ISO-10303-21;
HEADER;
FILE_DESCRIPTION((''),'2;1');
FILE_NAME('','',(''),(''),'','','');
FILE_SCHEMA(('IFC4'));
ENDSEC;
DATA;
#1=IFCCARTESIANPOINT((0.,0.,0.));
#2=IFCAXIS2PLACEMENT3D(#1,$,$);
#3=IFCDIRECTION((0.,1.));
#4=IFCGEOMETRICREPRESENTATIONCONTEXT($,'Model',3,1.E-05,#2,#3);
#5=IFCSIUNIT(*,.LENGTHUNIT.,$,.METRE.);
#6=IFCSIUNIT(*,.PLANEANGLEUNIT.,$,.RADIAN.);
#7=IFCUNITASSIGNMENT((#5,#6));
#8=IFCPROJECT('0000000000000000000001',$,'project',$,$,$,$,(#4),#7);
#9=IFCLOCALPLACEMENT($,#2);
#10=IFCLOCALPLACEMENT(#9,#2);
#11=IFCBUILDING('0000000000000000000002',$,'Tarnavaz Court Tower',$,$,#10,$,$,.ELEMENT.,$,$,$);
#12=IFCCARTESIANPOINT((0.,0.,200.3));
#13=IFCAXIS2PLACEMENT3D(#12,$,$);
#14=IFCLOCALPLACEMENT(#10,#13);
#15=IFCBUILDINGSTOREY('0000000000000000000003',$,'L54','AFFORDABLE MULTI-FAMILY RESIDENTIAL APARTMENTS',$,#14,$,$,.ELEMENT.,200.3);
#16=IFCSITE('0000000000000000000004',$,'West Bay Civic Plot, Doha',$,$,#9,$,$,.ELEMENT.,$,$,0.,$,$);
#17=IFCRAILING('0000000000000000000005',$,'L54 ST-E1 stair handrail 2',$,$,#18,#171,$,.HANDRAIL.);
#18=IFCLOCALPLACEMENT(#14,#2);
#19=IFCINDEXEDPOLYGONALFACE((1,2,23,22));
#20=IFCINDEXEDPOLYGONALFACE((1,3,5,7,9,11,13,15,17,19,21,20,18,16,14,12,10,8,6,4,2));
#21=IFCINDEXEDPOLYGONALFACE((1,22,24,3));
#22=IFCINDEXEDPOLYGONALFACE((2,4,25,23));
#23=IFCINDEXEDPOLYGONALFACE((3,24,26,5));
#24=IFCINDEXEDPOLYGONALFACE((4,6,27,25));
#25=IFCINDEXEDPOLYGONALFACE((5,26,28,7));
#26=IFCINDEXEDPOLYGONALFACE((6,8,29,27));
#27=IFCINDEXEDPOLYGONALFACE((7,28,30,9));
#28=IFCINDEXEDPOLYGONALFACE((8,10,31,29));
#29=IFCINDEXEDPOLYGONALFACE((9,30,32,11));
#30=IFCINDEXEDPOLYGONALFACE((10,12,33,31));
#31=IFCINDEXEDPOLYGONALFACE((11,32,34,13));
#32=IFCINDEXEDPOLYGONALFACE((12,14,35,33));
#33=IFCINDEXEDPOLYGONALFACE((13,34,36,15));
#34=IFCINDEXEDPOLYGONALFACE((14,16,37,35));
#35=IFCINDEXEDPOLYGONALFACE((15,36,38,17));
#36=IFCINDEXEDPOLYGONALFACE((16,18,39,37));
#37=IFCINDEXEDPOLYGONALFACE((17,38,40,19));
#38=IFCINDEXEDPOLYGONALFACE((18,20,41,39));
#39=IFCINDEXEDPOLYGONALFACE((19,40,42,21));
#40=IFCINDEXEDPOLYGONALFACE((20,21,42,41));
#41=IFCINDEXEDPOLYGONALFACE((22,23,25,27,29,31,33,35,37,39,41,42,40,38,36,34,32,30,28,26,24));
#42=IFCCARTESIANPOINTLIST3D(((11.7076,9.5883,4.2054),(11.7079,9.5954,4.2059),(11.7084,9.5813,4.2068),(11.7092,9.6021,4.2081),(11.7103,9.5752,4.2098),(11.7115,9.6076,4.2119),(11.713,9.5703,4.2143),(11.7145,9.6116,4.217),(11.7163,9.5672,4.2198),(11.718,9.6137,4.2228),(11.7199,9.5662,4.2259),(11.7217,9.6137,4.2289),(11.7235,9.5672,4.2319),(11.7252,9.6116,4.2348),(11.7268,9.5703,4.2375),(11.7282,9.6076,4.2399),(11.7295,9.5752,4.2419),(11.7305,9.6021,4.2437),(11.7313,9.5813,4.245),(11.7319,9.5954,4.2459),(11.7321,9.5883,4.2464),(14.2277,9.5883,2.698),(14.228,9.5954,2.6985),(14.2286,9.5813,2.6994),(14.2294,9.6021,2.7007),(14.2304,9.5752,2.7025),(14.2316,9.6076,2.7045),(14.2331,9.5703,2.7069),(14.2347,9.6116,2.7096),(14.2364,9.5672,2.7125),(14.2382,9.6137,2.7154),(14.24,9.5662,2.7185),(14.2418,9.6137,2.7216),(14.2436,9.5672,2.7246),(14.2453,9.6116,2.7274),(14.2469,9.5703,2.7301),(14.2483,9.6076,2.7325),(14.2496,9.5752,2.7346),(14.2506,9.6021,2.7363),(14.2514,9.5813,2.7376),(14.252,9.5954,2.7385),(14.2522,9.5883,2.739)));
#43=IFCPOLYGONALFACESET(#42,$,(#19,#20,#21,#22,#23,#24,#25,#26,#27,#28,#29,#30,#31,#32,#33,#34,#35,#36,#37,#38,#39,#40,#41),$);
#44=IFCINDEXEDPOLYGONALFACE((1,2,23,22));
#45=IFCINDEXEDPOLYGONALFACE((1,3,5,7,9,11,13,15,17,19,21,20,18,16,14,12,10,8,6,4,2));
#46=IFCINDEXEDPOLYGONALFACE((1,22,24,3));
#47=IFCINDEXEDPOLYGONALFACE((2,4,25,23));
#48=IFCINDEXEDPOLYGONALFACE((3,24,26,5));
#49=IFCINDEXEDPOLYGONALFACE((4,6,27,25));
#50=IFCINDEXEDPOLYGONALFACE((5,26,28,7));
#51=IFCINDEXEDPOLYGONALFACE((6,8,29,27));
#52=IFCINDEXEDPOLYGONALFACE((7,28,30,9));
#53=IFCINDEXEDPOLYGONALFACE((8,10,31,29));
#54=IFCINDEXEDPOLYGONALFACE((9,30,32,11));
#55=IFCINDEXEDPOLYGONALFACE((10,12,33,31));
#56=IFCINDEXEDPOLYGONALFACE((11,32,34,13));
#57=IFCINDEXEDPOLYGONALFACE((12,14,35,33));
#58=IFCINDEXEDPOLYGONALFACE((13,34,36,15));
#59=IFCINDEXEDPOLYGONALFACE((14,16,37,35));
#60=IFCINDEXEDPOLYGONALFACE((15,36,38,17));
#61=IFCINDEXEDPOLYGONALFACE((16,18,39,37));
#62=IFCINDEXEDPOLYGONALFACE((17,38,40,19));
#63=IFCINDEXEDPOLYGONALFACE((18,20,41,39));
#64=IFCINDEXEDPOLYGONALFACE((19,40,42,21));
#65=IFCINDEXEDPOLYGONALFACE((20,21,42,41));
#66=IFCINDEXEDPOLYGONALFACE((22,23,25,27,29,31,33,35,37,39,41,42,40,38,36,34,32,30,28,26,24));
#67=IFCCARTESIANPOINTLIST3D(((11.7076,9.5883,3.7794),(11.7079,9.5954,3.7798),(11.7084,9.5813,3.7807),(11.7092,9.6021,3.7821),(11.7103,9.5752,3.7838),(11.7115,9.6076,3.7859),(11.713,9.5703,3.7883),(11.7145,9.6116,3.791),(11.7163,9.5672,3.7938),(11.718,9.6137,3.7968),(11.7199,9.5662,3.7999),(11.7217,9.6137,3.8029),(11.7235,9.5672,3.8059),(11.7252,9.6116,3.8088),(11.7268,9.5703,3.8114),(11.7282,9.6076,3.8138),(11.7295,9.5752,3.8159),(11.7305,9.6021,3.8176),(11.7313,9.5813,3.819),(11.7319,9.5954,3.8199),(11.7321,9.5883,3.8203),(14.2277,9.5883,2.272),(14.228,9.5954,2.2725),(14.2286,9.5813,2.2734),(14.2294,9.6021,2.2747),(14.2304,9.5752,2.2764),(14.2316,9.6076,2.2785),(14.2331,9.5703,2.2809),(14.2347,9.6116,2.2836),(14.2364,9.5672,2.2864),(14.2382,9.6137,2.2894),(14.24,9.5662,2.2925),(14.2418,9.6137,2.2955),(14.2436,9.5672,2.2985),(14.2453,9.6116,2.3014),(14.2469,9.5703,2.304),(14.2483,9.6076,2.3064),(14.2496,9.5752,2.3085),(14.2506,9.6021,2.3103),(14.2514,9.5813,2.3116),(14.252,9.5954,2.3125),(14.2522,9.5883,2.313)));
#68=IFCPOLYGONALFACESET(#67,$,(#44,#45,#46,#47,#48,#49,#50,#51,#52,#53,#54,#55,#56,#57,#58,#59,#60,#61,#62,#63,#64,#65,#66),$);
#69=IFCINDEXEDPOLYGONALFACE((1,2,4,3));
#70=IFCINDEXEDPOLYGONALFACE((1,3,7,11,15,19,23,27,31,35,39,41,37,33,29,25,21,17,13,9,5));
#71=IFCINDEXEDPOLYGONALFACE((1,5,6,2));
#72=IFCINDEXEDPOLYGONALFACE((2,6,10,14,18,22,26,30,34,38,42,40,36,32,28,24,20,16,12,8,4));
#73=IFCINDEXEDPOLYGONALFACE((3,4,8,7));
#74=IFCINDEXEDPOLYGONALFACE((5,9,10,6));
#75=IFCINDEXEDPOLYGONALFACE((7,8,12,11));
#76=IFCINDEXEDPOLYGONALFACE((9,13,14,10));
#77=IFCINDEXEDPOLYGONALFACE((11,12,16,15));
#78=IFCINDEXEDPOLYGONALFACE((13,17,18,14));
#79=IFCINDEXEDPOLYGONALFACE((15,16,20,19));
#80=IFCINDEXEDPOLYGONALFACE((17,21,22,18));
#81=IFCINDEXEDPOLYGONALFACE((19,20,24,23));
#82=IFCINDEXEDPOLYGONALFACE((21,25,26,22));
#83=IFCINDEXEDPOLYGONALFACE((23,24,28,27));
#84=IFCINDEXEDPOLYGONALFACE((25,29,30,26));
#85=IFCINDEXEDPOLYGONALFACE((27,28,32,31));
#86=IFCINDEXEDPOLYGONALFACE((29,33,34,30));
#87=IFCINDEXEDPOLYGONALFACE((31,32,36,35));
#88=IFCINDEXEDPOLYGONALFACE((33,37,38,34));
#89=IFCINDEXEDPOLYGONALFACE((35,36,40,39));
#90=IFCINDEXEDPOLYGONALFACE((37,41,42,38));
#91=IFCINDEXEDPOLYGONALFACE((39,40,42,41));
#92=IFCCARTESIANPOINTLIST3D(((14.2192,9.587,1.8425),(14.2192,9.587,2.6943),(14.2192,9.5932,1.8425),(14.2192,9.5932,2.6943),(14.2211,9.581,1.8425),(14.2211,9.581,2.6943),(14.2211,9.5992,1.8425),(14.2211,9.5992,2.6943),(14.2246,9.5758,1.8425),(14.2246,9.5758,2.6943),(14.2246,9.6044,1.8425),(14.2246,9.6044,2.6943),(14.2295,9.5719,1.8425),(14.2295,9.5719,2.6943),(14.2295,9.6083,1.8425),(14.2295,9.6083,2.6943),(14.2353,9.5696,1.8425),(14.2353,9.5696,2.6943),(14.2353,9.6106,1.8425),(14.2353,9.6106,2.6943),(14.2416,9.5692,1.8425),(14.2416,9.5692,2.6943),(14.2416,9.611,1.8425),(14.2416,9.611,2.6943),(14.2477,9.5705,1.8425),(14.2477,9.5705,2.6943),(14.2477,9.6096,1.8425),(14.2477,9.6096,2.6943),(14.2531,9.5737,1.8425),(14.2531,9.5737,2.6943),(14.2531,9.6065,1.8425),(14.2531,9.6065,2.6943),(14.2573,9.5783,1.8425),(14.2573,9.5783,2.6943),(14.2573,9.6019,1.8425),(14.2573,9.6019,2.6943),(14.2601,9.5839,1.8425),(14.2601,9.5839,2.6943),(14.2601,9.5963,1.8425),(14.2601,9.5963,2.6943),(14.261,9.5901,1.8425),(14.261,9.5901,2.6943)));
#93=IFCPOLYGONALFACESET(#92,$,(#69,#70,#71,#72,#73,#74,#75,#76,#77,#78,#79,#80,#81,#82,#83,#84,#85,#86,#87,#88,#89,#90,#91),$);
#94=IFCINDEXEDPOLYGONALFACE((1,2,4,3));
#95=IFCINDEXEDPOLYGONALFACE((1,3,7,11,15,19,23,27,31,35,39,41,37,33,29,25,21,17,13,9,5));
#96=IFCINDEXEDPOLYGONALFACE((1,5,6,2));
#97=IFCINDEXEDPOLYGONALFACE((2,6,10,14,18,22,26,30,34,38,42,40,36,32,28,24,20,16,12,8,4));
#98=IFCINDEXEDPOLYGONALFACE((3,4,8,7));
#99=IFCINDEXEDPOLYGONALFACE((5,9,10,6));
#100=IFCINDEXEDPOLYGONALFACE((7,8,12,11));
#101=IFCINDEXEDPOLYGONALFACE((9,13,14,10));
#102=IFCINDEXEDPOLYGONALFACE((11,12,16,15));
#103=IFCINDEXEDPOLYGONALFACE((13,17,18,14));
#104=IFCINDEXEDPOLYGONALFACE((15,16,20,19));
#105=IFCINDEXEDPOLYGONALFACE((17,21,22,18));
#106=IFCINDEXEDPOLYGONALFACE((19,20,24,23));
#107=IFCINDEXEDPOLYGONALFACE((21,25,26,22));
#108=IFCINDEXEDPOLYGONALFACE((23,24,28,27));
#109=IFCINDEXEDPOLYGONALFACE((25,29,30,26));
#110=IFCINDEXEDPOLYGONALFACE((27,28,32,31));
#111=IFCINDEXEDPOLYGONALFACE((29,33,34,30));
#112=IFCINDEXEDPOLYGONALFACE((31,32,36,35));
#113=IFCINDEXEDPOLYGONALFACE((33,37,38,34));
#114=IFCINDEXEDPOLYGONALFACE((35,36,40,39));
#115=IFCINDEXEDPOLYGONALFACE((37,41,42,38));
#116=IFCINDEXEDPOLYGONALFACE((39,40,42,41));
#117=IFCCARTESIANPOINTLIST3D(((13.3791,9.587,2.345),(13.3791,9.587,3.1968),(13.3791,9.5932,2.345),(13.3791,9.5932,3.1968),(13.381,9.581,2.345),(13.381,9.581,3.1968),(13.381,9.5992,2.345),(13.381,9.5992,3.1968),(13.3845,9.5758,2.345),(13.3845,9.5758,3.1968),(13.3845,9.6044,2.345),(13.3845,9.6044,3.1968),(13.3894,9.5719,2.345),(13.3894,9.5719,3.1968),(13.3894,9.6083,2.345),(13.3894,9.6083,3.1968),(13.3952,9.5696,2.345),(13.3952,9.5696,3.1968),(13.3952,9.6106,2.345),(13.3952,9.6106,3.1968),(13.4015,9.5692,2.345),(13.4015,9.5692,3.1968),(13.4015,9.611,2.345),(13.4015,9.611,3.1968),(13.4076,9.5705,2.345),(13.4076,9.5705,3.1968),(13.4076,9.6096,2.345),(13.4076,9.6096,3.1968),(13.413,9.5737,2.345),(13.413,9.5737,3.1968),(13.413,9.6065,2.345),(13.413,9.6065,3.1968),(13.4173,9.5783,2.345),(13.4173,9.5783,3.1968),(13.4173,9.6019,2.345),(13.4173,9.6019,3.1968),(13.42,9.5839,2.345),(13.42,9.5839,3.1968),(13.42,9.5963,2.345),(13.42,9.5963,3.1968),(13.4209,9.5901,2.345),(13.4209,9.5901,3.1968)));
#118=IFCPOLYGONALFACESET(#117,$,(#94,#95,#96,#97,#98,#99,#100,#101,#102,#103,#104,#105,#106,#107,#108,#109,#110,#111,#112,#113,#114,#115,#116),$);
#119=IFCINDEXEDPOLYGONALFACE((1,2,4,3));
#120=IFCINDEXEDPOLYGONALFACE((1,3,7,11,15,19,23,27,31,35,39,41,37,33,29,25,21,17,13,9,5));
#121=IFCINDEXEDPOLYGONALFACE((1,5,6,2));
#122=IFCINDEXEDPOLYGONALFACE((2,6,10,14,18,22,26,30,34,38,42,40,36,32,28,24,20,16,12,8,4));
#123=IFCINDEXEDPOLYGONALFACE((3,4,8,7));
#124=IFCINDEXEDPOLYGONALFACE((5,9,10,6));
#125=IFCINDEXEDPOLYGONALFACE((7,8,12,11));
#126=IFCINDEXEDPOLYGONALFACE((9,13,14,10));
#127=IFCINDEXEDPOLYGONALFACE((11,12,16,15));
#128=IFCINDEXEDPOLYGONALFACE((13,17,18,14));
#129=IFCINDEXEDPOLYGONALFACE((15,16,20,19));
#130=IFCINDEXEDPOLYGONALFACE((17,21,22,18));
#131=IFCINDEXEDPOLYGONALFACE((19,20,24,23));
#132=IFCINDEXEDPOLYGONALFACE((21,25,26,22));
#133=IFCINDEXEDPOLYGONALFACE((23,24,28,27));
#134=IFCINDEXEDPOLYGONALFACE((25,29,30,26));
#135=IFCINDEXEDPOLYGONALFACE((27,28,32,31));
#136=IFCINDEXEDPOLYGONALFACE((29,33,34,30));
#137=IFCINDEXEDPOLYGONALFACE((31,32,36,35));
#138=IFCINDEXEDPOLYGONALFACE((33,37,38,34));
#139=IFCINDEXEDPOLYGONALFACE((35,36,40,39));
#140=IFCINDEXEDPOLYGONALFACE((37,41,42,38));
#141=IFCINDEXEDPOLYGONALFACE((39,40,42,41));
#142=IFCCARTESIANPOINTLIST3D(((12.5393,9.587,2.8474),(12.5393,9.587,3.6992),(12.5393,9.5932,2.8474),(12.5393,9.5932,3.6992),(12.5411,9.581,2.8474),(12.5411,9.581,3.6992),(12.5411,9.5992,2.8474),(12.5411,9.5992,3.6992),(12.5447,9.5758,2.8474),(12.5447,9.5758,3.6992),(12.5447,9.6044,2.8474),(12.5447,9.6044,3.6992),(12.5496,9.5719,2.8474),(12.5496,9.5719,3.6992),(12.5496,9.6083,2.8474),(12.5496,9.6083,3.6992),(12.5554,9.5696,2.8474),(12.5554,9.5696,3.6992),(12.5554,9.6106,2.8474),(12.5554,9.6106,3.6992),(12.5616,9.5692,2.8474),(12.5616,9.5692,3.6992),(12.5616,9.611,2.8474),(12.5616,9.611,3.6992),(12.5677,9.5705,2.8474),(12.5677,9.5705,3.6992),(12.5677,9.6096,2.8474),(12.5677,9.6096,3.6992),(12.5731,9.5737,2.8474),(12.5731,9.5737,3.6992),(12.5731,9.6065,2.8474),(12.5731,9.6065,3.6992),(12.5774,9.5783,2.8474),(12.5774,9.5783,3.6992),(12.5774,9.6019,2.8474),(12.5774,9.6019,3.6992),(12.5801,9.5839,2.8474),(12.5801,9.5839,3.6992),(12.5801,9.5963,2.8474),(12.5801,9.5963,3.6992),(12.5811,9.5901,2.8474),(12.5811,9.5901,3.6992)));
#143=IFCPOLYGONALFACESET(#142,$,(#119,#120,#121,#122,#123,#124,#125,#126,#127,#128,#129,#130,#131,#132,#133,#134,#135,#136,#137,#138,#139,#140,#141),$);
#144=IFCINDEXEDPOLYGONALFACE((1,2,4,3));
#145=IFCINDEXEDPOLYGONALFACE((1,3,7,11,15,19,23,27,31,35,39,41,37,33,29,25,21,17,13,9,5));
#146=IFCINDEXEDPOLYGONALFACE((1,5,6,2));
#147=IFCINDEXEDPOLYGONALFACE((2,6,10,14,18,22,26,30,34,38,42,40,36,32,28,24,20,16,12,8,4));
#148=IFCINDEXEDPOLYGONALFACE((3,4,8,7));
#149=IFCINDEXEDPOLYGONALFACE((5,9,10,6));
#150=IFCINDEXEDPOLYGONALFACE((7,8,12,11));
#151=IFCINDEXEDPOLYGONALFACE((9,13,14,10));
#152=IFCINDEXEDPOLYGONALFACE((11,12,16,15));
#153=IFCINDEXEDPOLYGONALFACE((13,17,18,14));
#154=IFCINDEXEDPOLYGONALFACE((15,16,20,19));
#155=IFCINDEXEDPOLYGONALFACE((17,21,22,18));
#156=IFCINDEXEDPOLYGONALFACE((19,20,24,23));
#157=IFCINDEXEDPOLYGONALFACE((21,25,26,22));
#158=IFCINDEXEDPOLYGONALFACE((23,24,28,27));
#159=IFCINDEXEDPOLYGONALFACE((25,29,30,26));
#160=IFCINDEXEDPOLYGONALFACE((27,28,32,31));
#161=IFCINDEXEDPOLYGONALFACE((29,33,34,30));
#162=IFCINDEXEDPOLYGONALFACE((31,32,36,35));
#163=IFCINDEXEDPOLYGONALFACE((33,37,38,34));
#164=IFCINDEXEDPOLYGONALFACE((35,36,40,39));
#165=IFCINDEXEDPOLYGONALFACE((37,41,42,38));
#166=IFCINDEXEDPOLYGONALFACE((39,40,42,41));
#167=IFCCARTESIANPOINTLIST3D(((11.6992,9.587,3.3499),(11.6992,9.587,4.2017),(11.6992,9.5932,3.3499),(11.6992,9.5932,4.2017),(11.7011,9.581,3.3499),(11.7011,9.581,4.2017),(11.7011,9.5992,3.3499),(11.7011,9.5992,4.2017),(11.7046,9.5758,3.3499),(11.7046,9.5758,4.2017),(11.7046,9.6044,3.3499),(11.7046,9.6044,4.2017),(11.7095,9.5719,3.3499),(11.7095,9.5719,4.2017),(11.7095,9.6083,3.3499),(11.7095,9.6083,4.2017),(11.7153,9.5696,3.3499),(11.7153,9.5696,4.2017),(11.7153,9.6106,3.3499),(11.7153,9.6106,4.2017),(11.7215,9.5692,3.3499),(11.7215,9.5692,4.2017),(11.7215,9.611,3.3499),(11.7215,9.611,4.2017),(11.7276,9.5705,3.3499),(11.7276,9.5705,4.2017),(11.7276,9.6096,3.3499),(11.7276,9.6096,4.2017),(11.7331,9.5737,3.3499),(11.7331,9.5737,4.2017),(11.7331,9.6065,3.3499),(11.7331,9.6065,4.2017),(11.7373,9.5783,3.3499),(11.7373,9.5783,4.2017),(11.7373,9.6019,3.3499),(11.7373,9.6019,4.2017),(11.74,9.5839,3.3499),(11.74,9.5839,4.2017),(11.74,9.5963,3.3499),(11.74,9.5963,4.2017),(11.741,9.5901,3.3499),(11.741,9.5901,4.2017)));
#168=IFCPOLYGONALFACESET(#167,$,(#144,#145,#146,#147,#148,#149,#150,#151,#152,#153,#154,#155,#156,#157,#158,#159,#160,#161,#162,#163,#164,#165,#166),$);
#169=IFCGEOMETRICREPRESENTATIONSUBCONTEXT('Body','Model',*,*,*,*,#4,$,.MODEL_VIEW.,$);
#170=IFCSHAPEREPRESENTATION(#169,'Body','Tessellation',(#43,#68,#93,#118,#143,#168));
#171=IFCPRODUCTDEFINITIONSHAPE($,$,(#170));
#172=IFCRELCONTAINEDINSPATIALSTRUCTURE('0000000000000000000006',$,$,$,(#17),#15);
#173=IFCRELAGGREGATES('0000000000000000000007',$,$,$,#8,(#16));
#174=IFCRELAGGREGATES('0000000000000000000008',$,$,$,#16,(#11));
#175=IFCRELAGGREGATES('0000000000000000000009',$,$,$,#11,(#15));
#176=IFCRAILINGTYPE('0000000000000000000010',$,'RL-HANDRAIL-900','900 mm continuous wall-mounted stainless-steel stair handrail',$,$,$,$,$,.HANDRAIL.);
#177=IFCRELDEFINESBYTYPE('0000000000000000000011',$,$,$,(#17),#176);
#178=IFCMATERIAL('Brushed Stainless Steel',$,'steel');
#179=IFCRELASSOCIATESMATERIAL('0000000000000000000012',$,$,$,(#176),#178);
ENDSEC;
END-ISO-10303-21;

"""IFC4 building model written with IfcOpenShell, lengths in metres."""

from ifc_helpers import new_model, si_unit, direction, frame, origin, origin_2d, place, context, subcontext, project, spatial, circle, extrude, material, type_object, element, save


model = new_model("IFC4")

# Units and contexts
model_context = context("Model", 3, precision=1e-05, world=origin(), true_north=direction((0.0, 1.0)))
body_context = subcontext(model_context, "Body", "Model", "MODEL_VIEW")
ifc_project = project(units=[si_unit("LENGTHUNIT", "METRE"), si_unit("PLANEANGLEUNIT", "RADIAN")], contexts=[model_context])

# Site, building, storey
site_placement = place(None, origin())
site = spatial("IfcSite", under=ifc_project, at=site_placement, Name="West Bay Civic Plot, Doha", CompositionType="ELEMENT", RefElevation=0.0)
building_placement = place(site_placement, origin())
building = spatial("IfcBuilding", under=site, at=building_placement, Name="Tarnavaz Court Tower", CompositionType="ELEMENT")
storey_placement = place(building_placement, frame((0.0, 0.0, 200.3)))
storey = spatial("IfcBuildingStorey", under=building, at=storey_placement, Name="L54", Description="AFFORDABLE MULTI-FAMILY RESIDENTIAL APARTMENTS", CompositionType="ELEMENT", Elevation=200.3)

# Railing
ifc_material_1 = material(Name="Brushed Stainless Steel", Category="steel")
railing_type_1 = type_object("IfcRailingType", Name="RL-HANDRAIL-900", Description="900 mm continuous wall-mounted stainless-steel stair handrail", PredefinedType="HANDRAIL", material=ifc_material_1)
railing_1_placement = place(storey_placement, frame((14.24, 9.5901, 1.8425)))
element("IfcRailing", 1, at=railing_1_placement, inside=storey, type_object=railing_type_1, Name="L54 ST-E1 stair handrail 2", PredefinedType="HANDRAIL", context=body_context, shape_type="SweptSolid", body=[
    extrude(circle(Radius=0.0239, at=origin_2d()), frame((0.0, 0.0, 0.876), z_axis=(-0.858196, 0.0, 0.513321), x_axis=(0.0, -1.0, 0.0)), (0.0, 0.0, 1.0), 2.9365),
    extrude(circle(Radius=0.0239, at=origin_2d()), frame((0.0, 0.0, 0.45), z_axis=(-0.858196, 0.0, 0.513321), x_axis=(0.0, -1.0, 0.0)), (0.0, 0.0, 1.0), 2.9365),
    extrude(circle(Radius=0.021, at=origin_2d()), origin(), (0.0, 0.0, 1.0), 0.8518),
    extrude(circle(Radius=0.021, at=origin_2d()), frame((-0.8401, 0.0, 0.5024)), (0.0, 0.0, 1.0), 0.8518),
    extrude(circle(Radius=0.021, at=origin_2d()), frame((-1.6799, 0.0, 1.0049)), (0.0, 0.0, 1.0), 0.8518),
    extrude(circle(Radius=0.021, at=origin_2d()), frame((-2.52, 0.0, 1.5073)), (0.0, 0.0, 1.0), 0.8518),
])

save(model, "model.ifc")
